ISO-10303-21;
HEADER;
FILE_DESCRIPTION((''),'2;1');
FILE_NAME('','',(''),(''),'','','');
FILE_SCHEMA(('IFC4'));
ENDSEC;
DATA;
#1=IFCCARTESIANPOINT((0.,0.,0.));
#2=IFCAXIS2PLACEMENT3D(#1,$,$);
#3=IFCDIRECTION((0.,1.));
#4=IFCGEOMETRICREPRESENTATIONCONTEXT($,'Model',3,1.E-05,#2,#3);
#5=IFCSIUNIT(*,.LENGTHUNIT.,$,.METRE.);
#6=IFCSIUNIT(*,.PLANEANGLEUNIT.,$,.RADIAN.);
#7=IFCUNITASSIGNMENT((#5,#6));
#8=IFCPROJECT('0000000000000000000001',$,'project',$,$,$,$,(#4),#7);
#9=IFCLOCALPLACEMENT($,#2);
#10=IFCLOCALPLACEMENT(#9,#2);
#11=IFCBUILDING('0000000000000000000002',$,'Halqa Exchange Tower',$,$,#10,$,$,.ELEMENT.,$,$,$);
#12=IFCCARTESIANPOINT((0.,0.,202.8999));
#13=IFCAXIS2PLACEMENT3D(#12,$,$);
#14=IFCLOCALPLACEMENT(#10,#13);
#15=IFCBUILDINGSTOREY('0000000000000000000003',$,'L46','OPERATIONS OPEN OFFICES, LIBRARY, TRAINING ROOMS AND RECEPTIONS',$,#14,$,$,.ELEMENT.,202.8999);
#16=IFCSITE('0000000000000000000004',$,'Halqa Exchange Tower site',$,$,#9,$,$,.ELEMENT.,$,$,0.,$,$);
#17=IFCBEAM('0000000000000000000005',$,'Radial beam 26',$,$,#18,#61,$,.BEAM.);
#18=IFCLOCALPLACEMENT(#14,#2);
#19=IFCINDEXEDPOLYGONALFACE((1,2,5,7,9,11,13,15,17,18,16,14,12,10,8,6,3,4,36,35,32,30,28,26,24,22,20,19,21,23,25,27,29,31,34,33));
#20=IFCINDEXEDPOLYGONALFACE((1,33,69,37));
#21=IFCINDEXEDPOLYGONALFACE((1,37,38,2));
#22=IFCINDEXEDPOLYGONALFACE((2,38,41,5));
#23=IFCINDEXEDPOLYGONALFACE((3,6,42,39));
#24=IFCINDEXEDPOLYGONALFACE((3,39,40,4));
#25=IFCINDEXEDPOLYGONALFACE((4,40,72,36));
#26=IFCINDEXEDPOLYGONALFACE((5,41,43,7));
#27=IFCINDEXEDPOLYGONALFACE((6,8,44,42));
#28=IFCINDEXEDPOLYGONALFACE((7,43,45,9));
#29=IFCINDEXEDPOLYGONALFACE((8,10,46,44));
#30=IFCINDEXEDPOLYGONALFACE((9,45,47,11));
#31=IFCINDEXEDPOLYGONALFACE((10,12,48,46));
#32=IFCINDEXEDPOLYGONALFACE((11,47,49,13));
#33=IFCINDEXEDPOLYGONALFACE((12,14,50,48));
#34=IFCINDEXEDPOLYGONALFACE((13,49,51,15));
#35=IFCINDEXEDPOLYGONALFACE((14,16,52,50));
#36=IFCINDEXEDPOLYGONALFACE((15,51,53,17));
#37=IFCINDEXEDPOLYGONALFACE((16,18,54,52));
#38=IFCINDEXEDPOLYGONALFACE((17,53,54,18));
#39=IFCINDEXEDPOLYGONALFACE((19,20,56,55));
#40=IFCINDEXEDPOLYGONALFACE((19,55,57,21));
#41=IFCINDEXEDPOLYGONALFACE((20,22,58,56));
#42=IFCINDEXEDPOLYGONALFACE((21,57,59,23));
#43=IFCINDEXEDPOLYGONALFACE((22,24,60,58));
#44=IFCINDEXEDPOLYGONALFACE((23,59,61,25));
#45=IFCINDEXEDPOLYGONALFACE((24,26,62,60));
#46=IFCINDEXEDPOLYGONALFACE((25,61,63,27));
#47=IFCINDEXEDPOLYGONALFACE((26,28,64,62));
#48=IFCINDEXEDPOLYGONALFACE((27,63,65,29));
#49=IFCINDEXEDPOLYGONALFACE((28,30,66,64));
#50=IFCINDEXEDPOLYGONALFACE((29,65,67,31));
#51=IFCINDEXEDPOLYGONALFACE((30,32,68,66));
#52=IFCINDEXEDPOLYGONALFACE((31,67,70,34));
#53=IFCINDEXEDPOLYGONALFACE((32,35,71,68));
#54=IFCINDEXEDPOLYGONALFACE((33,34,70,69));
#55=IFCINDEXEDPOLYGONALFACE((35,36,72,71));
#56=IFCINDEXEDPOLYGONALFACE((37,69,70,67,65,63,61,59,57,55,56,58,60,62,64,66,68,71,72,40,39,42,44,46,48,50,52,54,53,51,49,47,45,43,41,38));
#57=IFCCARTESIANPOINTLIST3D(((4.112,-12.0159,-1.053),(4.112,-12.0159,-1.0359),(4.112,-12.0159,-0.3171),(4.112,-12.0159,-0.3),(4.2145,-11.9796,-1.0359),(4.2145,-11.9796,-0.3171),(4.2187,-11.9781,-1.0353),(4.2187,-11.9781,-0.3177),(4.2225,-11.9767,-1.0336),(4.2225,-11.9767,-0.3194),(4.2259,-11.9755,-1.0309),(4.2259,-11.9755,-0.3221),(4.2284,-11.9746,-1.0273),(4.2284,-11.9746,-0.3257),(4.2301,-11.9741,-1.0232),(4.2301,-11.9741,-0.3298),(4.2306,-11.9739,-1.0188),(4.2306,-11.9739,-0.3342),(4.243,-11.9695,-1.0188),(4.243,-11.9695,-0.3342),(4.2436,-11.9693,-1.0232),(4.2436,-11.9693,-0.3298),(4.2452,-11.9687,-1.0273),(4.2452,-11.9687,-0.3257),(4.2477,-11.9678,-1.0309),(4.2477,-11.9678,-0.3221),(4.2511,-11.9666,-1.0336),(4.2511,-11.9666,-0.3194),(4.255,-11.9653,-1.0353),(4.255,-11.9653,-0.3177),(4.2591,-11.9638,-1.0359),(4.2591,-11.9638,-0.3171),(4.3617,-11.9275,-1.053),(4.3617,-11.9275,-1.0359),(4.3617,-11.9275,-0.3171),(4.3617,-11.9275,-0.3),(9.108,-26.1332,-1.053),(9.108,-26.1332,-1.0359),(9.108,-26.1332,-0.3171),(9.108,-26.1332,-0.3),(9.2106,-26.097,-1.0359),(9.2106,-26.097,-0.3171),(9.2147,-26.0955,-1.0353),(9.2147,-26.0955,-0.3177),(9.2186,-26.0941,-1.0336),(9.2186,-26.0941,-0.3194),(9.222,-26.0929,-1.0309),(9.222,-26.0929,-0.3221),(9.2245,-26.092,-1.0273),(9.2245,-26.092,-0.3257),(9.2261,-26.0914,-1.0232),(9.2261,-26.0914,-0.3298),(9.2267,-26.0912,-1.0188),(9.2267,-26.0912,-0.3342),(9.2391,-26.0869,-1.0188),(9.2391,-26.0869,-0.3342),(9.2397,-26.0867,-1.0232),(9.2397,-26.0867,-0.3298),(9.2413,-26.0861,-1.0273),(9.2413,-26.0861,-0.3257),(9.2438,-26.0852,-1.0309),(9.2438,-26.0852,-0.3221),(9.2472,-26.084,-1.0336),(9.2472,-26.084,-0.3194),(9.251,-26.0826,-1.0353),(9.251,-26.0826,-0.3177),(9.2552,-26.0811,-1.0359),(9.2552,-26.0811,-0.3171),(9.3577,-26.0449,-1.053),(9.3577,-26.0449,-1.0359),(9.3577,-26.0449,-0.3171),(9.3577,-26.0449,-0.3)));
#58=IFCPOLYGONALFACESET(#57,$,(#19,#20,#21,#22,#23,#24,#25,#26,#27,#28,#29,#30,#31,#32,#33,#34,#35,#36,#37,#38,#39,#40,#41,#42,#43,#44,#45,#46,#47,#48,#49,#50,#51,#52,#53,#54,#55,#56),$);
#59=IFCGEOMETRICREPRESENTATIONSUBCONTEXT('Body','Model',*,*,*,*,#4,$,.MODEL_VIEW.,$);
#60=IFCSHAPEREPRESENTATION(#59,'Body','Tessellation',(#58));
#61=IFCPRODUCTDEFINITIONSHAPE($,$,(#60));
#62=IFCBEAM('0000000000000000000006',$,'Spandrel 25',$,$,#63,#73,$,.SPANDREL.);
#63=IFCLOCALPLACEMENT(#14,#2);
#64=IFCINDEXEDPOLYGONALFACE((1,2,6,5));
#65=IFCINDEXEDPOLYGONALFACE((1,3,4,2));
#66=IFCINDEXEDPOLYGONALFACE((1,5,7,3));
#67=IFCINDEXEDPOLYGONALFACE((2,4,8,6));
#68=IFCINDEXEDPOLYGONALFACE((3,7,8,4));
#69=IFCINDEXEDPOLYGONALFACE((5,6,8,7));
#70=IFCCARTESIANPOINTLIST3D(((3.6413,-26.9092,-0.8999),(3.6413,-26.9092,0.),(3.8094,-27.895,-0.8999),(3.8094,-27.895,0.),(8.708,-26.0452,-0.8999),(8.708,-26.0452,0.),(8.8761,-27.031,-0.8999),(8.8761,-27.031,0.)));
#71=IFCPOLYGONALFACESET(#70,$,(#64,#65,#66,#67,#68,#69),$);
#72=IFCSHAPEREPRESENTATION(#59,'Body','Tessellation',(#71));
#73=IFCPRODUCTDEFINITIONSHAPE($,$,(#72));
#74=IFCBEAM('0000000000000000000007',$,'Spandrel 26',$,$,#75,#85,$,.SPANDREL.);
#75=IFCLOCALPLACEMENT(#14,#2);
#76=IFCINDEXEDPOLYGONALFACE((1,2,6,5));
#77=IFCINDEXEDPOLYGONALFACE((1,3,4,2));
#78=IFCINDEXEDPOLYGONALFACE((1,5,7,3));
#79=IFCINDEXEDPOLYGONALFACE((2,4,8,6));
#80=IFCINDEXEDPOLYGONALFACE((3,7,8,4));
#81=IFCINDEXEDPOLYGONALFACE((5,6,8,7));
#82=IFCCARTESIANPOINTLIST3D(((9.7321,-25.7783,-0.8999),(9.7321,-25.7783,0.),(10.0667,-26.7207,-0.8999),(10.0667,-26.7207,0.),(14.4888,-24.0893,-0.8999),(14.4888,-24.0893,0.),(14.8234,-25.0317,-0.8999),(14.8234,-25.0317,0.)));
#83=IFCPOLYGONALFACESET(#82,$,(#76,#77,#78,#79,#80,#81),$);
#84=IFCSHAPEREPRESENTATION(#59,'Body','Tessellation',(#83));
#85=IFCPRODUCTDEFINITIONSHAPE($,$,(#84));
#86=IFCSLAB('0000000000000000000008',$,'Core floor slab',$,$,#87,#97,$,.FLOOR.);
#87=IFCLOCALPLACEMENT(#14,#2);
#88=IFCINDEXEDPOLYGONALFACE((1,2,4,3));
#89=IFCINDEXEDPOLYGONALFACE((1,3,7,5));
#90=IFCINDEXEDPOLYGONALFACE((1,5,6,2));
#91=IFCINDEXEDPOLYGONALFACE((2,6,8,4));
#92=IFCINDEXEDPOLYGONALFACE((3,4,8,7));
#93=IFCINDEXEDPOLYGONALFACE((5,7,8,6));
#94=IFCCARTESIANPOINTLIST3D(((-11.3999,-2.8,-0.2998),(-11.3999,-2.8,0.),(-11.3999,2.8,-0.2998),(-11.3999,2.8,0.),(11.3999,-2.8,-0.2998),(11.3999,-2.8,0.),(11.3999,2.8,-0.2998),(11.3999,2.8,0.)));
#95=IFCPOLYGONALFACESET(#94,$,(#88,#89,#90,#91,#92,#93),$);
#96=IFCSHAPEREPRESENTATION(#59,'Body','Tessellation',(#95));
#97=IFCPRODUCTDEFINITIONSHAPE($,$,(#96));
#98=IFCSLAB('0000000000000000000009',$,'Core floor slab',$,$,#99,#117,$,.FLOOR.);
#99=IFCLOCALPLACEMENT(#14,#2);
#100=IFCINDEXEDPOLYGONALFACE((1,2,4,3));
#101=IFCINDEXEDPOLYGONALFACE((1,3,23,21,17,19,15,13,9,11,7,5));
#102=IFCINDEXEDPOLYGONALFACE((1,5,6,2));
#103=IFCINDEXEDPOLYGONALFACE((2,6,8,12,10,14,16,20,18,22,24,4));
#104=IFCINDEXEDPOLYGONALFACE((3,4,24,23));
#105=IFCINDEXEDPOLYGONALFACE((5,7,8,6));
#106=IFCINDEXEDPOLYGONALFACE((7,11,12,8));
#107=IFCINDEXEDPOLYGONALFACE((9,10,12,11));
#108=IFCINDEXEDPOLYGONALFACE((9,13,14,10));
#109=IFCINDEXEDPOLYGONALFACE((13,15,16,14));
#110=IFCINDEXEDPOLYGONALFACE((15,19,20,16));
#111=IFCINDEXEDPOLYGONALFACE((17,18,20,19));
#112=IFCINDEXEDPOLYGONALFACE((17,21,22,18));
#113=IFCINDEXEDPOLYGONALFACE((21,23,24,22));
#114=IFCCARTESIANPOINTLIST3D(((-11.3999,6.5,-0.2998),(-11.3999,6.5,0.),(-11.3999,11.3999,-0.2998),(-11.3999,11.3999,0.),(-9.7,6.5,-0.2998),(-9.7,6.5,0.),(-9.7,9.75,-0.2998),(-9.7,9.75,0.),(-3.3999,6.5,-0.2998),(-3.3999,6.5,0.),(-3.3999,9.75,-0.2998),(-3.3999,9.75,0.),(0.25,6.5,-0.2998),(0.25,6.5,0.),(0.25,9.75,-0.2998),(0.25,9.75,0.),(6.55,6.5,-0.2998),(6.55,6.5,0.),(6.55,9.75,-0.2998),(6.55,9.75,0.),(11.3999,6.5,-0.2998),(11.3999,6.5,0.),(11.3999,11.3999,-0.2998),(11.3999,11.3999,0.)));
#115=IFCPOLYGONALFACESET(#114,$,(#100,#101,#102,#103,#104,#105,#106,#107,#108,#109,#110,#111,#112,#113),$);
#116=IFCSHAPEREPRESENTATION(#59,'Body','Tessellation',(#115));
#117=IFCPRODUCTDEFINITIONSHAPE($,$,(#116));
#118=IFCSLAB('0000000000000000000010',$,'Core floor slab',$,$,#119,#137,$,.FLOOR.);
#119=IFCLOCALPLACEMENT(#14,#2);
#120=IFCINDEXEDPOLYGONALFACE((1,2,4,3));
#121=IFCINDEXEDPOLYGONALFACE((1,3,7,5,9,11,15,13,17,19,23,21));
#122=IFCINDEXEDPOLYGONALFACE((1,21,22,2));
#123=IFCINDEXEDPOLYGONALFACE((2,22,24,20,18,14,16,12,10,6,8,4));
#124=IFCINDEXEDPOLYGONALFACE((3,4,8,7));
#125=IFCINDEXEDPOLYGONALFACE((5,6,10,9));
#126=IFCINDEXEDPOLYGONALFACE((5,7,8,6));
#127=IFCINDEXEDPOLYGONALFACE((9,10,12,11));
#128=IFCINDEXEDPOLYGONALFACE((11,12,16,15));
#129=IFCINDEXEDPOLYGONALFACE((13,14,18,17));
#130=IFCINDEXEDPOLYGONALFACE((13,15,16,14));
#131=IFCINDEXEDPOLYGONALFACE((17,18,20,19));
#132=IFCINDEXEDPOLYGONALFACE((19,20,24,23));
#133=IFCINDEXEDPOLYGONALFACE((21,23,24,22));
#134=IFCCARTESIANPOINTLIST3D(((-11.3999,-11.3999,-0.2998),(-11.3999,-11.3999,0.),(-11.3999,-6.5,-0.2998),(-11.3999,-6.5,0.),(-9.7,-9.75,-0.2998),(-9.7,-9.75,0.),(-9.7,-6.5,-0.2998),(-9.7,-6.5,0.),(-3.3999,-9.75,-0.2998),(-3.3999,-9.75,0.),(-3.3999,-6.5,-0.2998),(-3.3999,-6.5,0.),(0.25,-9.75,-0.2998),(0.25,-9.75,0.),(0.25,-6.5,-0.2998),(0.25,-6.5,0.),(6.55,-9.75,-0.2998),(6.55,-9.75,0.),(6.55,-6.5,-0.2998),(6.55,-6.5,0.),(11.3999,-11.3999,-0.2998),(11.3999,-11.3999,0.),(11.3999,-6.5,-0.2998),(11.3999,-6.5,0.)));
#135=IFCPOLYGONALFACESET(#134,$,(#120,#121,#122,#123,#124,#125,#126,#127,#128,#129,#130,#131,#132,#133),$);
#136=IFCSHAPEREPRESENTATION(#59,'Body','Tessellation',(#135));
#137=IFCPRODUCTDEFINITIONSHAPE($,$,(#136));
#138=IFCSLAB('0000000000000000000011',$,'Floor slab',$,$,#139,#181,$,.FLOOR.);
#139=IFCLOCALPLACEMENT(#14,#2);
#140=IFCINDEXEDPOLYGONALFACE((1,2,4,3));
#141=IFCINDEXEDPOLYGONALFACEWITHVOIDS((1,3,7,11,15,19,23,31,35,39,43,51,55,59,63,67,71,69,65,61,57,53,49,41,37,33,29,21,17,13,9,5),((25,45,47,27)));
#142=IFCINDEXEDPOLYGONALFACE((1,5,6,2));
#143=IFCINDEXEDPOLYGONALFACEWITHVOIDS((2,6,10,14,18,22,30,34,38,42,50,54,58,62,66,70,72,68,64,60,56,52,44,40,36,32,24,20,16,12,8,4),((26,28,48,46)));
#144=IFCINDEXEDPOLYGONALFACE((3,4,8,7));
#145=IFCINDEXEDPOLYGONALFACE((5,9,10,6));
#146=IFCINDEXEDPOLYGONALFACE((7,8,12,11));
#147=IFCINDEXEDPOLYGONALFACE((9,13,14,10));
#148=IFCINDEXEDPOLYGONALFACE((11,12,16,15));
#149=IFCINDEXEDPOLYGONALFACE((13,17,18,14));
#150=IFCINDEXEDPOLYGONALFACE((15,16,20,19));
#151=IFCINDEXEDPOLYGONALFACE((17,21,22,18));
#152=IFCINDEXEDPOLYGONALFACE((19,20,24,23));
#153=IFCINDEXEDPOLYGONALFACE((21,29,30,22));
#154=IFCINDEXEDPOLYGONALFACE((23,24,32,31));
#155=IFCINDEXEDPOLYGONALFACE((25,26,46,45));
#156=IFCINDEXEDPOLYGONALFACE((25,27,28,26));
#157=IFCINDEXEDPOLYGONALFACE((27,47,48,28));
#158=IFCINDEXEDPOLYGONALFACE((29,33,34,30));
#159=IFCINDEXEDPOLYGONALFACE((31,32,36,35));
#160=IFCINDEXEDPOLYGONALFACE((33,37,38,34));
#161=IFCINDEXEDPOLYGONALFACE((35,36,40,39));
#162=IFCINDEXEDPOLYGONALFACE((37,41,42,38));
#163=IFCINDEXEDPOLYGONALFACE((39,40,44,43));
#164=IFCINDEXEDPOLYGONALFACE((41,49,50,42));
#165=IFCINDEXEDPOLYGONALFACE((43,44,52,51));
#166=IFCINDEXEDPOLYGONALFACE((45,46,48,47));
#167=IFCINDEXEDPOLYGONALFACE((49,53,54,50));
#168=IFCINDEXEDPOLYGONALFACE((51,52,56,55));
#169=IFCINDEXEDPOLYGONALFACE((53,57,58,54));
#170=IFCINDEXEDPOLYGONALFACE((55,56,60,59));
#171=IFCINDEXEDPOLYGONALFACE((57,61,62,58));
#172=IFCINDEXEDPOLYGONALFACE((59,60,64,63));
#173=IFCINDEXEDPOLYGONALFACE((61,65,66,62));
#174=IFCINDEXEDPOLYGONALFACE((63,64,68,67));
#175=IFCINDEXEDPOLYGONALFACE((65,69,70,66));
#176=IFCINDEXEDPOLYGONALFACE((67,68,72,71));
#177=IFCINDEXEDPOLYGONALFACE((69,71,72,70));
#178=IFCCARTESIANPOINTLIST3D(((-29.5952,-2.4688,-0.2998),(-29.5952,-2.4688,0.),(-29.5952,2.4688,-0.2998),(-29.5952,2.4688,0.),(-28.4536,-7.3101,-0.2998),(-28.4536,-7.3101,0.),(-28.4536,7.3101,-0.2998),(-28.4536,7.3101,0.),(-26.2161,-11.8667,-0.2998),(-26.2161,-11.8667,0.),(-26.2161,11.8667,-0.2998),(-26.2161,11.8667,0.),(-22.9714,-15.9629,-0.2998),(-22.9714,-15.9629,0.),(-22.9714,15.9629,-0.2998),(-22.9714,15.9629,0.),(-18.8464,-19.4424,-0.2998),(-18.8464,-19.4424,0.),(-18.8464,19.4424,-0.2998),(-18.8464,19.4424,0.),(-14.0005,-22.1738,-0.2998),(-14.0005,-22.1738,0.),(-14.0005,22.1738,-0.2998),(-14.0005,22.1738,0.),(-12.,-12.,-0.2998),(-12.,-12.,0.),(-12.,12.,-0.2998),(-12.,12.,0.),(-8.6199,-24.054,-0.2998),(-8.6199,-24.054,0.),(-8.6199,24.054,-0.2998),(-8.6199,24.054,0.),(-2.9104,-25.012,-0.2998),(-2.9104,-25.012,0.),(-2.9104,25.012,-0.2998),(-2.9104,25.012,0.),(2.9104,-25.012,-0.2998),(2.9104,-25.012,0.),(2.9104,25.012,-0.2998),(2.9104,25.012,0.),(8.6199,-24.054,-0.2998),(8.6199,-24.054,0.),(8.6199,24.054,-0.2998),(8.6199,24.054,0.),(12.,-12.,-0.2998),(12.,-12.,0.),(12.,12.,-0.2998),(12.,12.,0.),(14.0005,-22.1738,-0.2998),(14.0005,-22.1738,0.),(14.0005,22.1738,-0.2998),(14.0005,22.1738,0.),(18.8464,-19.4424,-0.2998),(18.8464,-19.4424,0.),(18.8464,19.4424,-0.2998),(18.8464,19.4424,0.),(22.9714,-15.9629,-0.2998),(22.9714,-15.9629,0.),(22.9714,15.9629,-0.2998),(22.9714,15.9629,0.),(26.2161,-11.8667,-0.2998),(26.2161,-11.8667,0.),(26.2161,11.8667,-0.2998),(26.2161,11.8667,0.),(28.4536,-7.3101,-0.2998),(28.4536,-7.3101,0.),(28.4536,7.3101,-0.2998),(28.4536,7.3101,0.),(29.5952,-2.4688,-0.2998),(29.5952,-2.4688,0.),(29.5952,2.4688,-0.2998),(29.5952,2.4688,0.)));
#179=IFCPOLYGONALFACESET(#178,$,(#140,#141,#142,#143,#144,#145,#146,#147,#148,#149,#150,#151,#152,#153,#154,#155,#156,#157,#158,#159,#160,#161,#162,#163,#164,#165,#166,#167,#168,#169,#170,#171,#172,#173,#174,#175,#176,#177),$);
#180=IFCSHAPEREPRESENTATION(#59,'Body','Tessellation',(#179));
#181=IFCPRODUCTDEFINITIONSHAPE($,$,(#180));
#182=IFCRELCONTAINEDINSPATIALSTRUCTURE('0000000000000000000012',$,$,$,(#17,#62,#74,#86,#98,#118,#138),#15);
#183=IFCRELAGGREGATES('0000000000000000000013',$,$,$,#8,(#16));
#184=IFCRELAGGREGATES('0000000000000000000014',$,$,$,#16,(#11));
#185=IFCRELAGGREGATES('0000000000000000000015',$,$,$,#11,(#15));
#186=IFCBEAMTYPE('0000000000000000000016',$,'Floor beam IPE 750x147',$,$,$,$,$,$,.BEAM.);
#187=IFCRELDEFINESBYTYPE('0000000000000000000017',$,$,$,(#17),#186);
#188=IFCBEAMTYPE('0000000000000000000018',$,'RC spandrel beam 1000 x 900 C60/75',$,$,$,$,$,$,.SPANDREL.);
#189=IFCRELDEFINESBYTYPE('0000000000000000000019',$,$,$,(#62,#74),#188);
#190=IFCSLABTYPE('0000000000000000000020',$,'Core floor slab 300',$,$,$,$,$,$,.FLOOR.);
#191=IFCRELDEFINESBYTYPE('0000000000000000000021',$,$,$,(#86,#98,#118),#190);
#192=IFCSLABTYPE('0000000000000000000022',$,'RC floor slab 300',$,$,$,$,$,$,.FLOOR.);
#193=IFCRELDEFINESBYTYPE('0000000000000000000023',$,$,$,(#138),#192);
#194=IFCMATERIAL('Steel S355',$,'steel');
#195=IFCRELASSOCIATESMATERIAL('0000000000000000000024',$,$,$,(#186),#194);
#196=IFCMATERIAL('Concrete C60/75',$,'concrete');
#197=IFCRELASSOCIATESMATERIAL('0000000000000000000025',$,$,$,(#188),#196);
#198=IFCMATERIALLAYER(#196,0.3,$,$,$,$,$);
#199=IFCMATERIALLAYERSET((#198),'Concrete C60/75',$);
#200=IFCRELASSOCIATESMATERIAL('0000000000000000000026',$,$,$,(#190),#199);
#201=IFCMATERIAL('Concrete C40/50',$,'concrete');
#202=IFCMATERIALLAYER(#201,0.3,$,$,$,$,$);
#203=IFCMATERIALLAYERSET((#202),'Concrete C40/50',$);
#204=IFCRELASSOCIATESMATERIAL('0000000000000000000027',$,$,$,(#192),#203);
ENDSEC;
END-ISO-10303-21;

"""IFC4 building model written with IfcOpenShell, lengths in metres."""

from ifc_helpers import new_model, si_unit, direction, frame, origin, origin_2d, place, context, subcontext, project, spatial, polyline, rectangle, i_section, outline, extrude, material, layer, layer_set, material_profile, profile_set, type_object, element, save


model = new_model("IFC4")

# Units and contexts
model_context = context("Model", 3, precision=1e-05, world=origin(), true_north=direction((0.0, 1.0)))
body_context = subcontext(model_context, "Body", "Model", "MODEL_VIEW")
ifc_project = project(units=[si_unit("LENGTHUNIT", "METRE"), si_unit("PLANEANGLEUNIT", "RADIAN")], contexts=[model_context])

# Site, building, storey
site_placement = place(None, origin())
site = spatial("IfcSite", under=ifc_project, at=site_placement, Name="Halqa Exchange Tower site", CompositionType="ELEMENT", RefElevation=0.0)
building_placement = place(site_placement, origin())
building = spatial("IfcBuilding", under=site, at=building_placement, Name="Halqa Exchange Tower", CompositionType="ELEMENT")
storey_placement = place(building_placement, frame((0.0, 0.0, 202.8999)))
storey = spatial("IfcBuildingStorey", under=building, at=storey_placement, Name="L46", Description="OPERATIONS OPEN OFFICES, LIBRARY, TRAINING ROOMS AND RECEPTIONS", CompositionType="ELEMENT", Elevation=202.8999)

# Shared definitions
ifc_material_1 = material(Name="Concrete C60/75", Category="concrete")

# Beams
ifc_material_2 = material(Name="Steel S355", Category="steel")
ifc_material_profile_1 = material_profile(ifc_material_2, i_section(OverallWidth=0.2649, OverallDepth=0.7529, WebThickness=0.0132, FlangeThickness=0.0171, FilletRadius=0.0171, at=origin_2d()), Name="IPE 750x147")
ifc_profile_set_1 = profile_set([ifc_material_profile_1], Name="Steel S355")
beam_type_1 = type_object("IfcBeamType", Name="Floor beam IPE 750x147", PredefinedType="BEAM", material=ifc_profile_set_1)
beam_1_placement = place(storey_placement, frame((4.2368, -11.9717, -0.6765), z_axis=(0.33362, -0.942708, 0.0), x_axis=(0.942708, 0.33362, 0.0)))
element("IfcBeam", 1, at=beam_1_placement, inside=storey, type_object=beam_type_1, Name="Radial beam 26", PredefinedType="BEAM", context=body_context, shape_type="SweptSolid", body=[
    extrude(i_section(OverallWidth=0.2649, OverallDepth=0.7529, WebThickness=0.0132, FlangeThickness=0.0171, FilletRadius=0.0171, at=origin_2d()), origin(), (0.0, 0.0, 1.0), 14.9753),
])
ifc_material_profile_2 = material_profile(ifc_material_1, rectangle(XDim=1.0, YDim=0.8999, at=origin_2d()), Name="1000 x 900")
ifc_profile_set_2 = profile_set([ifc_material_profile_2], Name="Concrete C60/75")
beam_type_2 = type_object("IfcBeamType", Name="RC spandrel beam 1000 x 900 C60/75", PredefinedType="SPANDREL", material=ifc_profile_set_2)
beam_2_placement = place(storey_placement, frame((3.7253, -27.4021, -0.45), z_axis=(0.985769, 0.168103, 0.0), x_axis=(-0.168103, 0.985769, 0.0)))
element("IfcBeam", 2, at=beam_2_placement, inside=storey, type_object=beam_type_2, Name="Spandrel 25", PredefinedType="SPANDREL", context=body_context, shape_type="SweptSolid", body=[
    extrude(rectangle(XDim=1.0, YDim=0.8999, at=origin_2d()), origin(), (0.0, 0.0, 1.0), 5.1399),
])
beam_3_placement = place(storey_placement, frame((9.8994, -26.2495, -0.45), z_axis=(0.942356, 0.334611, 0.0), x_axis=(-0.334611, 0.942356, 0.0)))
element("IfcBeam", 3, at=beam_3_placement, inside=storey, type_object=beam_type_2, Name="Spandrel 26", PredefinedType="SPANDREL", context=body_context, shape_type="SweptSolid", body=[
    extrude(rectangle(XDim=1.0, YDim=0.8999, at=origin_2d()), origin(), (0.0, 0.0, 1.0), 5.0476),
])

# Slabs
ifc_layer_1 = layer(ifc_material_1, 0.3)
ifc_layer_set_1 = layer_set([ifc_layer_1], Name="Concrete C60/75")
slab_type_1 = type_object("IfcSlabType", Name="Core floor slab 300", PredefinedType="FLOOR", material=ifc_layer_set_1)
slab_1_placement = place(storey_placement, frame((0.0, 0.0, -0.2998)))
element("IfcSlab", 4, at=slab_1_placement, inside=storey, type_object=slab_type_1, Name="Core floor slab", PredefinedType="FLOOR", context=body_context, shape_type="SweptSolid", body=[
    extrude(outline(polyline([(-11.3999, 2.8), (11.3999, 2.8), (11.3999, -2.8), (-11.3999, -2.8), (-11.3999, 2.8)])), origin(), (0.0, 0.0, 1.0), 0.2998),
])
slab_2_placement = place(storey_placement, frame((0.0, 0.0, -0.2998)))
element("IfcSlab", 5, at=slab_2_placement, inside=storey, type_object=slab_type_1, Name="Core floor slab", PredefinedType="FLOOR", context=body_context, shape_type="SweptSolid", body=[
    extrude(outline(polyline([(-11.3999, 11.3999), (11.3999, 11.3999), (11.3999, 6.5), (6.55, 6.5), (6.55, 9.75), (0.25, 9.75), (0.25, 6.5), (-3.3999, 6.5), (-3.3999, 9.75), (-9.7, 9.75), (-9.7, 6.5), (-11.3999, 6.5), (-11.3999, 11.3999)])), origin(), (0.0, 0.0, 1.0), 0.2998),
])
slab_3_placement = place(storey_placement, frame((0.0, 0.0, -0.2998)))
element("IfcSlab", 6, at=slab_3_placement, inside=storey, type_object=slab_type_1, Name="Core floor slab", PredefinedType="FLOOR", context=body_context, shape_type="SweptSolid", body=[
    extrude(outline(polyline([(-9.7, -9.75), (-3.3999, -9.75), (-3.3999, -6.5), (0.25, -6.5), (0.25, -9.75), (6.55, -9.75), (6.55, -6.5), (11.3999, -6.5), (11.3999, -11.3999), (-11.3999, -11.3999), (-11.3999, -6.5), (-9.7, -6.5), (-9.7, -9.75)])), origin(), (0.0, 0.0, 1.0), 0.2998),
])
ifc_material_3 = material(Name="Concrete C40/50", Category="concrete")
ifc_layer_2 = layer(ifc_material_3, 0.3)
ifc_layer_set_2 = layer_set([ifc_layer_2], Name="Concrete C40/50")
slab_type_2 = type_object("IfcSlabType", Name="RC floor slab 300", PredefinedType="FLOOR", material=ifc_layer_set_2)
slab_4_placement = place(storey_placement, frame((0.0, 0.0, -0.2998)))
element("IfcSlab", 7, at=slab_4_placement, inside=storey, type_object=slab_type_2, Name="Floor slab", PredefinedType="FLOOR", context=body_context, shape_type="SweptSolid", body=[
    extrude(outline(polyline([(29.5952, 2.4688), (28.4536, 7.3101), (26.2161, 11.8667), (22.9714, 15.9629), (18.8464, 19.4424), (14.0005, 22.1738), (8.6199, 24.054), (2.9104, 25.012), (-2.9104, 25.012), (-8.6199, 24.054), (-14.0005, 22.1738), (-18.8464, 19.4424), (-22.9714, 15.9629), (-26.2161, 11.8667), (-28.4536, 7.3101), (-29.5952, 2.4688), (-29.5952, -2.4688), (-28.4536, -7.3101), (-26.2161, -11.8667), (-22.9714, -15.9629), (-18.8464, -19.4424), (-14.0005, -22.1738), (-8.6199, -24.054), (-2.9104, -25.012), (2.9104, -25.012), (8.6199, -24.054), (14.0005, -22.1738), (18.8464, -19.4424), (22.9714, -15.9629), (26.2161, -11.8667), (28.4536, -7.3101), (29.5952, -2.4688), (29.5952, 2.4688)]), holes=[polyline([(-12.0, -12.0), (12.0, -12.0), (12.0, 12.0), (-12.0, 12.0), (-12.0, -12.0)])]), origin(), (0.0, 0.0, 1.0), 0.2998),
])

save(model, "model.ifc")
